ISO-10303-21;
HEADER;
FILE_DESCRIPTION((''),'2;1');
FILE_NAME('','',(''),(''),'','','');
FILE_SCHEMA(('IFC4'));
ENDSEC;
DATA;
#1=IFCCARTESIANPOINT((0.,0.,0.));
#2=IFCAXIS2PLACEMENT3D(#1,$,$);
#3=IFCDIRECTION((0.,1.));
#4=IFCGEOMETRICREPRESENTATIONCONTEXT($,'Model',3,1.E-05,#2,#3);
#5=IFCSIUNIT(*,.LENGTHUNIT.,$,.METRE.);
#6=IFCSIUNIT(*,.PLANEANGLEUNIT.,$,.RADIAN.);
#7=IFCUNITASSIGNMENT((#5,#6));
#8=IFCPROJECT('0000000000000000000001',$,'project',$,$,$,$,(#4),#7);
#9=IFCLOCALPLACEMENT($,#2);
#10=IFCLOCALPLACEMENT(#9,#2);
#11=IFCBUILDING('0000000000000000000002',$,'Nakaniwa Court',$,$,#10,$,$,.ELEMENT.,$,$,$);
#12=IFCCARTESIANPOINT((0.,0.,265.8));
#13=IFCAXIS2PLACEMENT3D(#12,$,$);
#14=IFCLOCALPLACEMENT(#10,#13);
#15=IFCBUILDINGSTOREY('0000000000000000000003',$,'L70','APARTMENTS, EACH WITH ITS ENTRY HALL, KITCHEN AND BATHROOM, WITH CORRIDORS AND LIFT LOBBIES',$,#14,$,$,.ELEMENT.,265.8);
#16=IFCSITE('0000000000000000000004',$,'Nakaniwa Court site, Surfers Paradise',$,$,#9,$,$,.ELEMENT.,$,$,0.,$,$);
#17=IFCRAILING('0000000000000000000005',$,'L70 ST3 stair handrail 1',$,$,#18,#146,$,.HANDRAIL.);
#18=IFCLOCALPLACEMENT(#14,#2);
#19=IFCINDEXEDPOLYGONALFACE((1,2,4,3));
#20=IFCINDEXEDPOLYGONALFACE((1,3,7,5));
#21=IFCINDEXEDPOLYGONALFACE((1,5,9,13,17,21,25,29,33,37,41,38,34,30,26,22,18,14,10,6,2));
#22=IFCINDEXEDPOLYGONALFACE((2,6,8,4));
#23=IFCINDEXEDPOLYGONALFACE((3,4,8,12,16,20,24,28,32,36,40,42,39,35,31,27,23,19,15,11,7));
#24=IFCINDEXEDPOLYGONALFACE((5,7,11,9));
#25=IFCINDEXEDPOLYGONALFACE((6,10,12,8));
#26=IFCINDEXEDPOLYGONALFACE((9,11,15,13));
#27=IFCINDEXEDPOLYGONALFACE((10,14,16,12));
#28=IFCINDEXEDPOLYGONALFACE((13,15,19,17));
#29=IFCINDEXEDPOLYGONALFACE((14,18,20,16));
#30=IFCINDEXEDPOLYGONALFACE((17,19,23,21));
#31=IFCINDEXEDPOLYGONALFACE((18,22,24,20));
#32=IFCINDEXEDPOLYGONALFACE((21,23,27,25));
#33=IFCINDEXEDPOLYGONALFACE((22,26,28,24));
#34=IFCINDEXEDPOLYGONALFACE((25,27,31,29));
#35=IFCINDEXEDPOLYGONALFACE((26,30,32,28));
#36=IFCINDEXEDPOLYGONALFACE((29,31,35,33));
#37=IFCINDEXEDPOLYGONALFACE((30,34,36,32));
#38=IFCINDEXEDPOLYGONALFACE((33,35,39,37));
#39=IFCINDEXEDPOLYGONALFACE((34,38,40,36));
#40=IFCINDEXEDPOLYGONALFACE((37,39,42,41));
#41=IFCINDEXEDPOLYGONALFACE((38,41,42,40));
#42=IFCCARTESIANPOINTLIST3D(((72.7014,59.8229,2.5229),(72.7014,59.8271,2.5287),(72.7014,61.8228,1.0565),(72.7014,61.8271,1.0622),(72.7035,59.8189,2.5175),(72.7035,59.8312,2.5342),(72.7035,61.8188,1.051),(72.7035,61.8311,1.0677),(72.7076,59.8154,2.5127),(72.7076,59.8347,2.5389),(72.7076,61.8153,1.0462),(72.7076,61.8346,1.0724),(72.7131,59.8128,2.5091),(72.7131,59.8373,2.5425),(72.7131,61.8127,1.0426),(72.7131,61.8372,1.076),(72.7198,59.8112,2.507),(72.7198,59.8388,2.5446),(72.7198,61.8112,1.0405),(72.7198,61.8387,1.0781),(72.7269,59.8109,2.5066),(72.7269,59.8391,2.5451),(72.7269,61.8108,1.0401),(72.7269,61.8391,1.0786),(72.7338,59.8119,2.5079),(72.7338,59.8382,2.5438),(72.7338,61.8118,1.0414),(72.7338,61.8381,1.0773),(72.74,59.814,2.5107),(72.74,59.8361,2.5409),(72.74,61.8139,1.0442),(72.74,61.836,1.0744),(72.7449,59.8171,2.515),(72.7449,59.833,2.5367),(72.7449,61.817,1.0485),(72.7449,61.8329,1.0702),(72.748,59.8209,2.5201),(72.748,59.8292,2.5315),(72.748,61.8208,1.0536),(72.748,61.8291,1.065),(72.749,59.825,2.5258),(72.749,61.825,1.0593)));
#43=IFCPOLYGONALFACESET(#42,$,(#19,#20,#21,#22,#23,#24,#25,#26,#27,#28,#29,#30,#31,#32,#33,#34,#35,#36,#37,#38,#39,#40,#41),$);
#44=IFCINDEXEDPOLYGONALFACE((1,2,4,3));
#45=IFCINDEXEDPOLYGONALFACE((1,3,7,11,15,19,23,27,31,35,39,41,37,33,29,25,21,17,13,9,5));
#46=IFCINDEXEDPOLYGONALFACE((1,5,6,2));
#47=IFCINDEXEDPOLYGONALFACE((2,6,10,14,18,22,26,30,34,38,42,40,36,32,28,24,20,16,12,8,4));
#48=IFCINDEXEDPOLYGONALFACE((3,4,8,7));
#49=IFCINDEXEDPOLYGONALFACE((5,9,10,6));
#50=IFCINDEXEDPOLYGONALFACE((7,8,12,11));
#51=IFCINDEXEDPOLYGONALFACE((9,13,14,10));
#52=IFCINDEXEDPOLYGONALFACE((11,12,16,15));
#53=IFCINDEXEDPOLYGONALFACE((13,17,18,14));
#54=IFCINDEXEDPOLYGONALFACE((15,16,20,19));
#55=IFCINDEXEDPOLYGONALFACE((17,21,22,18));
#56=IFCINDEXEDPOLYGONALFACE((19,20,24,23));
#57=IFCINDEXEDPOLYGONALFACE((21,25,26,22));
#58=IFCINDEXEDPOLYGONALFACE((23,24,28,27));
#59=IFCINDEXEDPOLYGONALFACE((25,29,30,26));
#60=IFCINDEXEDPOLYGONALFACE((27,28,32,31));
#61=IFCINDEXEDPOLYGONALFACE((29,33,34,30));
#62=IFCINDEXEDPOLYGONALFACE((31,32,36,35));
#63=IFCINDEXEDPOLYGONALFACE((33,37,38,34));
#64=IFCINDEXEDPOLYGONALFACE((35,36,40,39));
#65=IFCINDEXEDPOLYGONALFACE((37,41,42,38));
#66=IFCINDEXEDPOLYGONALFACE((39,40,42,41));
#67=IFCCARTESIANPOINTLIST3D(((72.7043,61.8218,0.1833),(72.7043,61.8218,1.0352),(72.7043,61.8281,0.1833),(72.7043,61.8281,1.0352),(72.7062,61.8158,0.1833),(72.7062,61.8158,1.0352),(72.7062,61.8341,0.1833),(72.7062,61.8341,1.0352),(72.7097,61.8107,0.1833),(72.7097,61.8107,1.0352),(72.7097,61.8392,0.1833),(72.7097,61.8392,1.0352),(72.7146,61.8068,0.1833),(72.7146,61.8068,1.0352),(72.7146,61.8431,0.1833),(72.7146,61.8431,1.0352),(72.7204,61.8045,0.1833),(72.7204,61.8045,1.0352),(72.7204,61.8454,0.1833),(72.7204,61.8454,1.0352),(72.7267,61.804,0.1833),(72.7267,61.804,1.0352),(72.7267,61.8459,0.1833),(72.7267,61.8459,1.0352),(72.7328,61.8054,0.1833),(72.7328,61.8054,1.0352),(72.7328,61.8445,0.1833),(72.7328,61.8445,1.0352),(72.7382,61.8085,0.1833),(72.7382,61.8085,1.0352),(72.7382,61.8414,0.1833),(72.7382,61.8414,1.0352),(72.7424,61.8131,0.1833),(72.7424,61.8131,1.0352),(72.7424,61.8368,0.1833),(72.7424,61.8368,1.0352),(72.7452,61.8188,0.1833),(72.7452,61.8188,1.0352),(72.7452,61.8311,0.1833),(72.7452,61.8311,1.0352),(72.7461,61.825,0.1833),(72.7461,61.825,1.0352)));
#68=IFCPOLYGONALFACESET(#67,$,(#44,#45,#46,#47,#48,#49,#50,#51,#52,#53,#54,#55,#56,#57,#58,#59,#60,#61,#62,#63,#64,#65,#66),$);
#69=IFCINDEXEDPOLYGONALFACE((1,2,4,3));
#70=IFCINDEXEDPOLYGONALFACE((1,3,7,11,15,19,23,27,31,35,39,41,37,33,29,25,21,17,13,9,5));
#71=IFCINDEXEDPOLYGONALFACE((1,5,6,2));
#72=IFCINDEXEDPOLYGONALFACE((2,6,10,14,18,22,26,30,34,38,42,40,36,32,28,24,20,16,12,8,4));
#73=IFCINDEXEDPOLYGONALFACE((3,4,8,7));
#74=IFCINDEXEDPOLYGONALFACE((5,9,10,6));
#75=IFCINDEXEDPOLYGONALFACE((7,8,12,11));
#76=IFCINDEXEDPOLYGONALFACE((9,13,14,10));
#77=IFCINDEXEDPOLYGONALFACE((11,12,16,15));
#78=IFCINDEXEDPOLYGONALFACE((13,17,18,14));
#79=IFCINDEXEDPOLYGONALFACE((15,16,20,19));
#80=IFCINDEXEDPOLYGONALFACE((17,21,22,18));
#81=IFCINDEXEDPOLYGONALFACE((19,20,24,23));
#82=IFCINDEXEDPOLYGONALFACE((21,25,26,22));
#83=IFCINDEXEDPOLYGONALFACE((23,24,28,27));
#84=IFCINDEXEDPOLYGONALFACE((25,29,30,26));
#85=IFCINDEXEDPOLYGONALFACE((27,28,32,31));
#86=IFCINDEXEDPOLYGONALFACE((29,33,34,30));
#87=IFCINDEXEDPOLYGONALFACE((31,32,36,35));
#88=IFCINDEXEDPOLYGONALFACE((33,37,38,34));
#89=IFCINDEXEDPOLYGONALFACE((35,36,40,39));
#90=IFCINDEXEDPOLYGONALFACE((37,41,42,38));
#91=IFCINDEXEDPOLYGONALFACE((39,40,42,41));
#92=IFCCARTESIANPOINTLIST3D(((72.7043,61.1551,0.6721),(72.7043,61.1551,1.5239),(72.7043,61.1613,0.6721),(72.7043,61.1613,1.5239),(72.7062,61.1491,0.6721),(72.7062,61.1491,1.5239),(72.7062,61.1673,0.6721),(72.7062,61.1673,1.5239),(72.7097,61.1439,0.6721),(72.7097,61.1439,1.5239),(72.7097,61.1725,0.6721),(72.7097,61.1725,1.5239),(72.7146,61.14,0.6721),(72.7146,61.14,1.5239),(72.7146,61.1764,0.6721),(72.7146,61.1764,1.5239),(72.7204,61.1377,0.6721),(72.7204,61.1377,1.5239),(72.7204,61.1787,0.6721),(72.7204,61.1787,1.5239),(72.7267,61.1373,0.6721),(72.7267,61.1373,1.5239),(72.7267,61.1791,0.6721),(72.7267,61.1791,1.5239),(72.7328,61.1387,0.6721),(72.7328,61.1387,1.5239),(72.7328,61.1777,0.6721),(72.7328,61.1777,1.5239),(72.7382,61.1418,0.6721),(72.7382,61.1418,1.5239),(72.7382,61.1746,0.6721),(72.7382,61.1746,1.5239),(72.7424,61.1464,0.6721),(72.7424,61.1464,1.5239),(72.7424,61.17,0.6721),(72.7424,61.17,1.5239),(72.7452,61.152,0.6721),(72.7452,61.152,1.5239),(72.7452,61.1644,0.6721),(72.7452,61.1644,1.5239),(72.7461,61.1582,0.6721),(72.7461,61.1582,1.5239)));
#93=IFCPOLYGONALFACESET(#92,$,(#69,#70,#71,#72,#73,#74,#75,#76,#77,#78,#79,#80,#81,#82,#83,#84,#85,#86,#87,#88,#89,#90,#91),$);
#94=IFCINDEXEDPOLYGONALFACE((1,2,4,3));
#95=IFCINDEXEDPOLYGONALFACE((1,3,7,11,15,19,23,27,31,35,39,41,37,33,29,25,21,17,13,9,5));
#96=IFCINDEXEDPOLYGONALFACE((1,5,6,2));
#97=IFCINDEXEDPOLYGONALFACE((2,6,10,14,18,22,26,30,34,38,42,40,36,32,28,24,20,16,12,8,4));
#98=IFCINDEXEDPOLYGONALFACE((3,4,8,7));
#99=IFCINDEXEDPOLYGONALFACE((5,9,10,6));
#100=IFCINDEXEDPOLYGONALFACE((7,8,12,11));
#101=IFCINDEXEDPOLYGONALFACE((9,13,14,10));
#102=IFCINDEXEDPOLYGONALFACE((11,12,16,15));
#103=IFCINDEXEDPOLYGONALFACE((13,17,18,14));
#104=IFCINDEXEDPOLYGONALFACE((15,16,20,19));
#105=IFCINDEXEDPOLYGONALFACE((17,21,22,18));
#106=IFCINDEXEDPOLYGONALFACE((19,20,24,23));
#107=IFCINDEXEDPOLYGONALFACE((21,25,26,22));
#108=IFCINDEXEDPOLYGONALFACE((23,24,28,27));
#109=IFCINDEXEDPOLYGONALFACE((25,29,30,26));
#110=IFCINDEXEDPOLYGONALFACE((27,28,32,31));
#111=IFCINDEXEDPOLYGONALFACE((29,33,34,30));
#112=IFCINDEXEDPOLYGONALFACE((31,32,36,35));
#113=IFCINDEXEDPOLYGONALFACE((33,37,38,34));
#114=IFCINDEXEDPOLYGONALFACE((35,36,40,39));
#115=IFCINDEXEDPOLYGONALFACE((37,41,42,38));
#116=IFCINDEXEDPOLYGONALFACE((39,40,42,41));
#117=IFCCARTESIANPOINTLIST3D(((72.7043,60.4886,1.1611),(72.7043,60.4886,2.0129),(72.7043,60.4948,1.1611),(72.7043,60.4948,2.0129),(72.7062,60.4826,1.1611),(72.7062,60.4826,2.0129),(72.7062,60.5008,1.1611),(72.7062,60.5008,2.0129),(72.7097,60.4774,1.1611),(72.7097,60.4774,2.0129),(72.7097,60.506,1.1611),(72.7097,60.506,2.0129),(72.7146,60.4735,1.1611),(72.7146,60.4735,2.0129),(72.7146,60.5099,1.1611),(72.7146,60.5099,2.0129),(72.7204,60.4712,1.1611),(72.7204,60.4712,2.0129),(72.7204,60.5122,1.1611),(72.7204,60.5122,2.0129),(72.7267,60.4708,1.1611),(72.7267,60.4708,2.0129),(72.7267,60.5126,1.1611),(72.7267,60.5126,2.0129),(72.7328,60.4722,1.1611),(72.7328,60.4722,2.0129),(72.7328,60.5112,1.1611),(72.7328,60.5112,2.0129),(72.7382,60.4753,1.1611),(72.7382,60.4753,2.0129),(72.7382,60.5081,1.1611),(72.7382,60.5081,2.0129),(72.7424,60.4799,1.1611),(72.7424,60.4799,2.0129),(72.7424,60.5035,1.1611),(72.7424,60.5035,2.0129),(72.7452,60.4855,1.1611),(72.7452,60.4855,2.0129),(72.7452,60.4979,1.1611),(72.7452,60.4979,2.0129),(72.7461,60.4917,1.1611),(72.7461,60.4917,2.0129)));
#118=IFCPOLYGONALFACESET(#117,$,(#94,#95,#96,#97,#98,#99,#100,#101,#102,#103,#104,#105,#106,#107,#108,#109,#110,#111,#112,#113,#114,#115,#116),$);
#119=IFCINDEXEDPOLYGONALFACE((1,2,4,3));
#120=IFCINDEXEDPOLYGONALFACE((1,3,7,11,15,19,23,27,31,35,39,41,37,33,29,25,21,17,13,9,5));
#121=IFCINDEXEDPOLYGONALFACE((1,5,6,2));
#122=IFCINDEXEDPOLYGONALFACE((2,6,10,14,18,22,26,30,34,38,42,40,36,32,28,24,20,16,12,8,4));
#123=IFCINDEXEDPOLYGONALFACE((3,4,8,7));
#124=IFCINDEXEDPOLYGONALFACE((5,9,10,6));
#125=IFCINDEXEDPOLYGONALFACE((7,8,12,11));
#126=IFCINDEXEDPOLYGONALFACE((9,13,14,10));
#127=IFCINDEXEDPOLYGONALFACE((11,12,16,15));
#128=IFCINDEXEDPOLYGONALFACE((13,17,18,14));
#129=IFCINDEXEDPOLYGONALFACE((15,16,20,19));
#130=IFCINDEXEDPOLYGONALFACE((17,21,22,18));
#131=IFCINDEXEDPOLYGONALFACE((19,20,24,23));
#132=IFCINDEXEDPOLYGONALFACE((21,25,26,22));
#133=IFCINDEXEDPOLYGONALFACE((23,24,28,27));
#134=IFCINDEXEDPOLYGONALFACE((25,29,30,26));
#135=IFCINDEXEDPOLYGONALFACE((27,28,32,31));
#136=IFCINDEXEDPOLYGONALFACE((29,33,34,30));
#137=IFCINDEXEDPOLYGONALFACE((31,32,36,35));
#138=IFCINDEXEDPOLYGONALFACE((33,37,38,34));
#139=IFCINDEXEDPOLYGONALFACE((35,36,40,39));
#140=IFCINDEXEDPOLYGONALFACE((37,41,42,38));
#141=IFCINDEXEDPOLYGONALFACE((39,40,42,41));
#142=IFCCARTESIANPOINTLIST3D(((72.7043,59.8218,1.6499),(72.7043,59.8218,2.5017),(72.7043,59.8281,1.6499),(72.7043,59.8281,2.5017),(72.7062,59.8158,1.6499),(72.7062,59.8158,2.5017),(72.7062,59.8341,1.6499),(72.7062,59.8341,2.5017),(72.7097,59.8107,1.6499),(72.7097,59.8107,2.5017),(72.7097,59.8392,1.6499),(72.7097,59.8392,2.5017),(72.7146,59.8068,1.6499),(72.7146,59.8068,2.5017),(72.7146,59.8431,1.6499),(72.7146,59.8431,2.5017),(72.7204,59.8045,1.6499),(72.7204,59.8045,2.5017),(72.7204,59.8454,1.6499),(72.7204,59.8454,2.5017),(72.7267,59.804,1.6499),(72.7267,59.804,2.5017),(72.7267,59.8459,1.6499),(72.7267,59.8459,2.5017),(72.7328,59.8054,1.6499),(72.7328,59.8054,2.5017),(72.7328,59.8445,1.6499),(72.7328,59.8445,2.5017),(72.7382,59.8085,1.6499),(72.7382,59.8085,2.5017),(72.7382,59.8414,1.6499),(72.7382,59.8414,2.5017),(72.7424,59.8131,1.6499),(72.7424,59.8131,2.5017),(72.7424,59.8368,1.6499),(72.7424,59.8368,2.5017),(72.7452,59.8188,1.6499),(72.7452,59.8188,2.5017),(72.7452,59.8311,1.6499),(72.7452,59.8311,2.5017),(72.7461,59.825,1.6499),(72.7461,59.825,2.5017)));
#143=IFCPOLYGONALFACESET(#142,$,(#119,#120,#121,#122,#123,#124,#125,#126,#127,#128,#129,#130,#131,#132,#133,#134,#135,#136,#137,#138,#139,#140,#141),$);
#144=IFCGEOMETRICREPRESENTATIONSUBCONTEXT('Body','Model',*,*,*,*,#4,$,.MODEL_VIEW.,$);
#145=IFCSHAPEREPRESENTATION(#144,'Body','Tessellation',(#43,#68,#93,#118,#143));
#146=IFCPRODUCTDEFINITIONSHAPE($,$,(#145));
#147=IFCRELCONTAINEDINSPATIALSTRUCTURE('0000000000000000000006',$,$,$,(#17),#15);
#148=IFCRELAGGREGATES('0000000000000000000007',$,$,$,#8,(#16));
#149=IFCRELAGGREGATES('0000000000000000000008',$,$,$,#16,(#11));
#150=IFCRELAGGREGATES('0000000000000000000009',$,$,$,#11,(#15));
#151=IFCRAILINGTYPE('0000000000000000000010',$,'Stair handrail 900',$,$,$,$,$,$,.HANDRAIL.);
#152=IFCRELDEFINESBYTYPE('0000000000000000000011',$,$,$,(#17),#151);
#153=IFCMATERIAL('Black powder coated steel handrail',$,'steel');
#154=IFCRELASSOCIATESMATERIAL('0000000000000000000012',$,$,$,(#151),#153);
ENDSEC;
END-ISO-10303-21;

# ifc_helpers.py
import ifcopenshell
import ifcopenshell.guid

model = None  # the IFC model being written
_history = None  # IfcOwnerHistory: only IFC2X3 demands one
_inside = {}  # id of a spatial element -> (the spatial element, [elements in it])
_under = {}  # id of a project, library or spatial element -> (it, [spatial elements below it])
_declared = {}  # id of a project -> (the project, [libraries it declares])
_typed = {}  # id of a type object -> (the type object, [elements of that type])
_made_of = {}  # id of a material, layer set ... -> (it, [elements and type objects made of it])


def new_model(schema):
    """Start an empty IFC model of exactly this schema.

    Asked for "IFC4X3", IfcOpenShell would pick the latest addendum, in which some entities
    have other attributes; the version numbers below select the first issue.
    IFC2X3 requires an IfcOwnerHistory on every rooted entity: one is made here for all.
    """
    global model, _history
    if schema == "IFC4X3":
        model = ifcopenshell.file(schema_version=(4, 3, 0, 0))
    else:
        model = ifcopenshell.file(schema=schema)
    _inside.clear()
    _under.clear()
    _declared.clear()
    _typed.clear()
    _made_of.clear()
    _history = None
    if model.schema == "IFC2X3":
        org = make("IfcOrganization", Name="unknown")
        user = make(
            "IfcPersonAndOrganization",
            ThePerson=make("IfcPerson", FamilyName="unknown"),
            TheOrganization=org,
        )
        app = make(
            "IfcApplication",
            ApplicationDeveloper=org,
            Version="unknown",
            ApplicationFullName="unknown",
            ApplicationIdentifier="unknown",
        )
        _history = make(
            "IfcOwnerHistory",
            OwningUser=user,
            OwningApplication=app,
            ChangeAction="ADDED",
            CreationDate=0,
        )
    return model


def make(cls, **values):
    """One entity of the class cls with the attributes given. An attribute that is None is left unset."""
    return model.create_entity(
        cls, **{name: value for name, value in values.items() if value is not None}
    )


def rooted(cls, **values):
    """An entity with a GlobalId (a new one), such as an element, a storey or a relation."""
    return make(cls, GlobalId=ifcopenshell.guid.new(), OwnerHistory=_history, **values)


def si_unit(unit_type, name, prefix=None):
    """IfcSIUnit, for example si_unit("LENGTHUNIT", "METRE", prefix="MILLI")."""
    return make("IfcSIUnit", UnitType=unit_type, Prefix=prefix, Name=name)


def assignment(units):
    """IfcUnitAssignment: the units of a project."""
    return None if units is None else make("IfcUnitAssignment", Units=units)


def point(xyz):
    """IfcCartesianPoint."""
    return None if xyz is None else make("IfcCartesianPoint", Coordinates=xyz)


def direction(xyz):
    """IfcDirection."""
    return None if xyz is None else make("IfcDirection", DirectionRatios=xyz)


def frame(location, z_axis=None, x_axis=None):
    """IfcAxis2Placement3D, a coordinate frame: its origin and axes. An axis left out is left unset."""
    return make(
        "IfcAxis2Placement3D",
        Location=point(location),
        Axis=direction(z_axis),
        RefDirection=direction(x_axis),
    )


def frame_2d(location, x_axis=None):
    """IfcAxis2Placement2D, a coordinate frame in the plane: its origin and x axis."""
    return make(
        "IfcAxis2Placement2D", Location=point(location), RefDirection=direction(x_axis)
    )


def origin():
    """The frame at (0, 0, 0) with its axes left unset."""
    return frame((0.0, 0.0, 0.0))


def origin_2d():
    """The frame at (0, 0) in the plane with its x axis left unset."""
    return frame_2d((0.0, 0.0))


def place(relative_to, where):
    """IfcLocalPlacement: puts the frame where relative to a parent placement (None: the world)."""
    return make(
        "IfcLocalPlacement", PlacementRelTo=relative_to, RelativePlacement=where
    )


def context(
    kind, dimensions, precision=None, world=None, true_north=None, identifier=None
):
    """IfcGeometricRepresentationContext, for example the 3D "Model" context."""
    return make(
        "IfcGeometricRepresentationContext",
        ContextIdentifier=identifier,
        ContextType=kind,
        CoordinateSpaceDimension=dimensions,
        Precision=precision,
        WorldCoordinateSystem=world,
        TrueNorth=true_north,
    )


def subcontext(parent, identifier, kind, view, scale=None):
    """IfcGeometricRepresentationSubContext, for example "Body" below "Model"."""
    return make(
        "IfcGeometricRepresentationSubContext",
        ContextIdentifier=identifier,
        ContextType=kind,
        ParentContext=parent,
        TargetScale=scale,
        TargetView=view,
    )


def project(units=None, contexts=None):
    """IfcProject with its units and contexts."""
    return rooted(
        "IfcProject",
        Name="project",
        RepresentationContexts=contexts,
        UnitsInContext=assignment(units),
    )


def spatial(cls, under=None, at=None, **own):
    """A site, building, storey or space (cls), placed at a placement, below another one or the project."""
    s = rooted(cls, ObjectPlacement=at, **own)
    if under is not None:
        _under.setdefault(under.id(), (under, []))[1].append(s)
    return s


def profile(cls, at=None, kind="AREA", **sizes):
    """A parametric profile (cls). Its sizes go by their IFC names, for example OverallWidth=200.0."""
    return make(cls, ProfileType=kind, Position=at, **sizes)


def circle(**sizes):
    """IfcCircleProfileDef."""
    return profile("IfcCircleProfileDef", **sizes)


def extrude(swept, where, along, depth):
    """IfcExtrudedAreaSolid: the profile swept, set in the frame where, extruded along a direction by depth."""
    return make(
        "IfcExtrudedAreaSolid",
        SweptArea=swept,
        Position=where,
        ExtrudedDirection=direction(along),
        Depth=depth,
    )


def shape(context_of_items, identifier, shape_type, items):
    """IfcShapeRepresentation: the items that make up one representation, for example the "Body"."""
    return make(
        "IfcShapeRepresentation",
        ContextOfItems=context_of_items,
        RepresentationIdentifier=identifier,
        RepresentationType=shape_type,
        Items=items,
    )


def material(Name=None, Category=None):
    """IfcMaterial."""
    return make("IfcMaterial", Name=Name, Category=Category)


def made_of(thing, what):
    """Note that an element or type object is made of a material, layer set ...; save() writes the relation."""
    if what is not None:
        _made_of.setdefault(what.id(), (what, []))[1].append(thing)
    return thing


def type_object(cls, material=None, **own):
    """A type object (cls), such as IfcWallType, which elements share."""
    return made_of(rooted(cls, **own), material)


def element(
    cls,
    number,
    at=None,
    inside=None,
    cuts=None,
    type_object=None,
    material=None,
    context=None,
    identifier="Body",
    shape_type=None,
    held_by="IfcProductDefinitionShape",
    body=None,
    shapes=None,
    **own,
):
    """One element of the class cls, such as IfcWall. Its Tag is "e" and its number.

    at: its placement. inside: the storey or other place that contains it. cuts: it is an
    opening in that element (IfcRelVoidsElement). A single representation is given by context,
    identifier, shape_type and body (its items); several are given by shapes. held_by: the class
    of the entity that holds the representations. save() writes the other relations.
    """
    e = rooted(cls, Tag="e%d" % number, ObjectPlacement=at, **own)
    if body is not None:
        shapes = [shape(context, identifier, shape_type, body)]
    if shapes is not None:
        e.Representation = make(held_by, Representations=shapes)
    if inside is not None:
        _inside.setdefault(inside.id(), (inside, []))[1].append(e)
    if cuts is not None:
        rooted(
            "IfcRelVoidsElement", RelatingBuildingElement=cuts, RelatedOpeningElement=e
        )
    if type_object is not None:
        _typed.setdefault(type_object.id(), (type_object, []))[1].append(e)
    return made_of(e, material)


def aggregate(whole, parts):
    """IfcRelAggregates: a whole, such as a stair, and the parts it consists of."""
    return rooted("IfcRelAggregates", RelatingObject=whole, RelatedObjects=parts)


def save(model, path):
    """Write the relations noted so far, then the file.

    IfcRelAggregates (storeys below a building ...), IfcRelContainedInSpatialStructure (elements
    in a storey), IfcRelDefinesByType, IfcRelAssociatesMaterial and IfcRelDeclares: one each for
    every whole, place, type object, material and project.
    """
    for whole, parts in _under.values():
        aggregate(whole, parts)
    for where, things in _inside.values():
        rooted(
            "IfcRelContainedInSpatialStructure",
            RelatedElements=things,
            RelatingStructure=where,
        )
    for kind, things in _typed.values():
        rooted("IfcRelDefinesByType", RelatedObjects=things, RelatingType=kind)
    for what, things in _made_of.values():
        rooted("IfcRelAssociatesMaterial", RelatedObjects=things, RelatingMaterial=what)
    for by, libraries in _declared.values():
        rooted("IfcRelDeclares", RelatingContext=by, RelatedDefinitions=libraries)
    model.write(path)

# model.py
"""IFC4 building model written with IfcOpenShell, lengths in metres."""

from ifc_helpers import new_model, si_unit, direction, frame, origin, origin_2d, place, context, subcontext, project, spatial, circle, extrude, material, type_object, element, save


model = new_model("IFC4")

# Units and contexts
model_context = context("Model", 3, precision=1e-05, world=origin(), true_north=direction((0.0, 1.0)))
body_context = subcontext(model_context, "Body", "Model", "MODEL_VIEW")
ifc_project = project(units=[si_unit("LENGTHUNIT", "METRE"), si_unit("PLANEANGLEUNIT", "RADIAN")], contexts=[model_context])

# Site, building, storey
site_placement = place(None, origin())
site = spatial("IfcSite", under=ifc_project, at=site_placement, Name="Nakaniwa Court site, Surfers Paradise", CompositionType="ELEMENT", RefElevation=0.0)
building_placement = place(site_placement, origin())
building = spatial("IfcBuilding", under=site, at=building_placement, Name="Nakaniwa Court", CompositionType="ELEMENT")
storey_placement = place(building_placement, frame((0.0, 0.0, 265.8)))
storey = spatial("IfcBuildingStorey", under=building, at=storey_placement, Name="L70", Description="APARTMENTS, EACH WITH ITS ENTRY HALL, KITCHEN AND BATHROOM, WITH CORRIDORS AND LIFT LOBBIES", CompositionType="ELEMENT", Elevation=265.8)

# Railing
ifc_material_1 = material(Name="Black powder coated steel handrail", Category="steel")
railing_type_1 = type_object("IfcRailingType", Name="Stair handrail 900", PredefinedType="HANDRAIL", material=ifc_material_1)
railing_1_placement = place(storey_placement, frame((72.7251, 61.825, 0.1833)))
element("IfcRailing", 1, at=railing_1_placement, inside=storey, type_object=railing_type_1, Name="L70 ST3 stair handrail 1", PredefinedType="HANDRAIL", context=body_context, shape_type="SweptSolid", body=[
    extrude(circle(Radius=0.0239, at=origin_2d()), frame((0.0, 0.0, 0.876), z_axis=(0.0, -0.806427, 0.591334), x_axis=(1.0, 0.0, 0.0)), (0.0, 0.0, 1.0), 2.48),
    extrude(circle(Radius=0.021, at=origin_2d()), origin(), (0.0, 0.0, 1.0), 0.8518),
    extrude(circle(Radius=0.021, at=origin_2d()), frame((0.0, -0.6667, 0.4888)), (0.0, 0.0, 1.0), 0.8518),
    extrude(circle(Radius=0.021, at=origin_2d()), frame((0.0, -1.3333, 0.9778)), (0.0, 0.0, 1.0), 0.8518),
    extrude(circle(Radius=0.021, at=origin_2d()), frame((0.0, -2.0, 1.4666)), (0.0, 0.0, 1.0), 0.8518),
])

save(model, "model.ifc")
